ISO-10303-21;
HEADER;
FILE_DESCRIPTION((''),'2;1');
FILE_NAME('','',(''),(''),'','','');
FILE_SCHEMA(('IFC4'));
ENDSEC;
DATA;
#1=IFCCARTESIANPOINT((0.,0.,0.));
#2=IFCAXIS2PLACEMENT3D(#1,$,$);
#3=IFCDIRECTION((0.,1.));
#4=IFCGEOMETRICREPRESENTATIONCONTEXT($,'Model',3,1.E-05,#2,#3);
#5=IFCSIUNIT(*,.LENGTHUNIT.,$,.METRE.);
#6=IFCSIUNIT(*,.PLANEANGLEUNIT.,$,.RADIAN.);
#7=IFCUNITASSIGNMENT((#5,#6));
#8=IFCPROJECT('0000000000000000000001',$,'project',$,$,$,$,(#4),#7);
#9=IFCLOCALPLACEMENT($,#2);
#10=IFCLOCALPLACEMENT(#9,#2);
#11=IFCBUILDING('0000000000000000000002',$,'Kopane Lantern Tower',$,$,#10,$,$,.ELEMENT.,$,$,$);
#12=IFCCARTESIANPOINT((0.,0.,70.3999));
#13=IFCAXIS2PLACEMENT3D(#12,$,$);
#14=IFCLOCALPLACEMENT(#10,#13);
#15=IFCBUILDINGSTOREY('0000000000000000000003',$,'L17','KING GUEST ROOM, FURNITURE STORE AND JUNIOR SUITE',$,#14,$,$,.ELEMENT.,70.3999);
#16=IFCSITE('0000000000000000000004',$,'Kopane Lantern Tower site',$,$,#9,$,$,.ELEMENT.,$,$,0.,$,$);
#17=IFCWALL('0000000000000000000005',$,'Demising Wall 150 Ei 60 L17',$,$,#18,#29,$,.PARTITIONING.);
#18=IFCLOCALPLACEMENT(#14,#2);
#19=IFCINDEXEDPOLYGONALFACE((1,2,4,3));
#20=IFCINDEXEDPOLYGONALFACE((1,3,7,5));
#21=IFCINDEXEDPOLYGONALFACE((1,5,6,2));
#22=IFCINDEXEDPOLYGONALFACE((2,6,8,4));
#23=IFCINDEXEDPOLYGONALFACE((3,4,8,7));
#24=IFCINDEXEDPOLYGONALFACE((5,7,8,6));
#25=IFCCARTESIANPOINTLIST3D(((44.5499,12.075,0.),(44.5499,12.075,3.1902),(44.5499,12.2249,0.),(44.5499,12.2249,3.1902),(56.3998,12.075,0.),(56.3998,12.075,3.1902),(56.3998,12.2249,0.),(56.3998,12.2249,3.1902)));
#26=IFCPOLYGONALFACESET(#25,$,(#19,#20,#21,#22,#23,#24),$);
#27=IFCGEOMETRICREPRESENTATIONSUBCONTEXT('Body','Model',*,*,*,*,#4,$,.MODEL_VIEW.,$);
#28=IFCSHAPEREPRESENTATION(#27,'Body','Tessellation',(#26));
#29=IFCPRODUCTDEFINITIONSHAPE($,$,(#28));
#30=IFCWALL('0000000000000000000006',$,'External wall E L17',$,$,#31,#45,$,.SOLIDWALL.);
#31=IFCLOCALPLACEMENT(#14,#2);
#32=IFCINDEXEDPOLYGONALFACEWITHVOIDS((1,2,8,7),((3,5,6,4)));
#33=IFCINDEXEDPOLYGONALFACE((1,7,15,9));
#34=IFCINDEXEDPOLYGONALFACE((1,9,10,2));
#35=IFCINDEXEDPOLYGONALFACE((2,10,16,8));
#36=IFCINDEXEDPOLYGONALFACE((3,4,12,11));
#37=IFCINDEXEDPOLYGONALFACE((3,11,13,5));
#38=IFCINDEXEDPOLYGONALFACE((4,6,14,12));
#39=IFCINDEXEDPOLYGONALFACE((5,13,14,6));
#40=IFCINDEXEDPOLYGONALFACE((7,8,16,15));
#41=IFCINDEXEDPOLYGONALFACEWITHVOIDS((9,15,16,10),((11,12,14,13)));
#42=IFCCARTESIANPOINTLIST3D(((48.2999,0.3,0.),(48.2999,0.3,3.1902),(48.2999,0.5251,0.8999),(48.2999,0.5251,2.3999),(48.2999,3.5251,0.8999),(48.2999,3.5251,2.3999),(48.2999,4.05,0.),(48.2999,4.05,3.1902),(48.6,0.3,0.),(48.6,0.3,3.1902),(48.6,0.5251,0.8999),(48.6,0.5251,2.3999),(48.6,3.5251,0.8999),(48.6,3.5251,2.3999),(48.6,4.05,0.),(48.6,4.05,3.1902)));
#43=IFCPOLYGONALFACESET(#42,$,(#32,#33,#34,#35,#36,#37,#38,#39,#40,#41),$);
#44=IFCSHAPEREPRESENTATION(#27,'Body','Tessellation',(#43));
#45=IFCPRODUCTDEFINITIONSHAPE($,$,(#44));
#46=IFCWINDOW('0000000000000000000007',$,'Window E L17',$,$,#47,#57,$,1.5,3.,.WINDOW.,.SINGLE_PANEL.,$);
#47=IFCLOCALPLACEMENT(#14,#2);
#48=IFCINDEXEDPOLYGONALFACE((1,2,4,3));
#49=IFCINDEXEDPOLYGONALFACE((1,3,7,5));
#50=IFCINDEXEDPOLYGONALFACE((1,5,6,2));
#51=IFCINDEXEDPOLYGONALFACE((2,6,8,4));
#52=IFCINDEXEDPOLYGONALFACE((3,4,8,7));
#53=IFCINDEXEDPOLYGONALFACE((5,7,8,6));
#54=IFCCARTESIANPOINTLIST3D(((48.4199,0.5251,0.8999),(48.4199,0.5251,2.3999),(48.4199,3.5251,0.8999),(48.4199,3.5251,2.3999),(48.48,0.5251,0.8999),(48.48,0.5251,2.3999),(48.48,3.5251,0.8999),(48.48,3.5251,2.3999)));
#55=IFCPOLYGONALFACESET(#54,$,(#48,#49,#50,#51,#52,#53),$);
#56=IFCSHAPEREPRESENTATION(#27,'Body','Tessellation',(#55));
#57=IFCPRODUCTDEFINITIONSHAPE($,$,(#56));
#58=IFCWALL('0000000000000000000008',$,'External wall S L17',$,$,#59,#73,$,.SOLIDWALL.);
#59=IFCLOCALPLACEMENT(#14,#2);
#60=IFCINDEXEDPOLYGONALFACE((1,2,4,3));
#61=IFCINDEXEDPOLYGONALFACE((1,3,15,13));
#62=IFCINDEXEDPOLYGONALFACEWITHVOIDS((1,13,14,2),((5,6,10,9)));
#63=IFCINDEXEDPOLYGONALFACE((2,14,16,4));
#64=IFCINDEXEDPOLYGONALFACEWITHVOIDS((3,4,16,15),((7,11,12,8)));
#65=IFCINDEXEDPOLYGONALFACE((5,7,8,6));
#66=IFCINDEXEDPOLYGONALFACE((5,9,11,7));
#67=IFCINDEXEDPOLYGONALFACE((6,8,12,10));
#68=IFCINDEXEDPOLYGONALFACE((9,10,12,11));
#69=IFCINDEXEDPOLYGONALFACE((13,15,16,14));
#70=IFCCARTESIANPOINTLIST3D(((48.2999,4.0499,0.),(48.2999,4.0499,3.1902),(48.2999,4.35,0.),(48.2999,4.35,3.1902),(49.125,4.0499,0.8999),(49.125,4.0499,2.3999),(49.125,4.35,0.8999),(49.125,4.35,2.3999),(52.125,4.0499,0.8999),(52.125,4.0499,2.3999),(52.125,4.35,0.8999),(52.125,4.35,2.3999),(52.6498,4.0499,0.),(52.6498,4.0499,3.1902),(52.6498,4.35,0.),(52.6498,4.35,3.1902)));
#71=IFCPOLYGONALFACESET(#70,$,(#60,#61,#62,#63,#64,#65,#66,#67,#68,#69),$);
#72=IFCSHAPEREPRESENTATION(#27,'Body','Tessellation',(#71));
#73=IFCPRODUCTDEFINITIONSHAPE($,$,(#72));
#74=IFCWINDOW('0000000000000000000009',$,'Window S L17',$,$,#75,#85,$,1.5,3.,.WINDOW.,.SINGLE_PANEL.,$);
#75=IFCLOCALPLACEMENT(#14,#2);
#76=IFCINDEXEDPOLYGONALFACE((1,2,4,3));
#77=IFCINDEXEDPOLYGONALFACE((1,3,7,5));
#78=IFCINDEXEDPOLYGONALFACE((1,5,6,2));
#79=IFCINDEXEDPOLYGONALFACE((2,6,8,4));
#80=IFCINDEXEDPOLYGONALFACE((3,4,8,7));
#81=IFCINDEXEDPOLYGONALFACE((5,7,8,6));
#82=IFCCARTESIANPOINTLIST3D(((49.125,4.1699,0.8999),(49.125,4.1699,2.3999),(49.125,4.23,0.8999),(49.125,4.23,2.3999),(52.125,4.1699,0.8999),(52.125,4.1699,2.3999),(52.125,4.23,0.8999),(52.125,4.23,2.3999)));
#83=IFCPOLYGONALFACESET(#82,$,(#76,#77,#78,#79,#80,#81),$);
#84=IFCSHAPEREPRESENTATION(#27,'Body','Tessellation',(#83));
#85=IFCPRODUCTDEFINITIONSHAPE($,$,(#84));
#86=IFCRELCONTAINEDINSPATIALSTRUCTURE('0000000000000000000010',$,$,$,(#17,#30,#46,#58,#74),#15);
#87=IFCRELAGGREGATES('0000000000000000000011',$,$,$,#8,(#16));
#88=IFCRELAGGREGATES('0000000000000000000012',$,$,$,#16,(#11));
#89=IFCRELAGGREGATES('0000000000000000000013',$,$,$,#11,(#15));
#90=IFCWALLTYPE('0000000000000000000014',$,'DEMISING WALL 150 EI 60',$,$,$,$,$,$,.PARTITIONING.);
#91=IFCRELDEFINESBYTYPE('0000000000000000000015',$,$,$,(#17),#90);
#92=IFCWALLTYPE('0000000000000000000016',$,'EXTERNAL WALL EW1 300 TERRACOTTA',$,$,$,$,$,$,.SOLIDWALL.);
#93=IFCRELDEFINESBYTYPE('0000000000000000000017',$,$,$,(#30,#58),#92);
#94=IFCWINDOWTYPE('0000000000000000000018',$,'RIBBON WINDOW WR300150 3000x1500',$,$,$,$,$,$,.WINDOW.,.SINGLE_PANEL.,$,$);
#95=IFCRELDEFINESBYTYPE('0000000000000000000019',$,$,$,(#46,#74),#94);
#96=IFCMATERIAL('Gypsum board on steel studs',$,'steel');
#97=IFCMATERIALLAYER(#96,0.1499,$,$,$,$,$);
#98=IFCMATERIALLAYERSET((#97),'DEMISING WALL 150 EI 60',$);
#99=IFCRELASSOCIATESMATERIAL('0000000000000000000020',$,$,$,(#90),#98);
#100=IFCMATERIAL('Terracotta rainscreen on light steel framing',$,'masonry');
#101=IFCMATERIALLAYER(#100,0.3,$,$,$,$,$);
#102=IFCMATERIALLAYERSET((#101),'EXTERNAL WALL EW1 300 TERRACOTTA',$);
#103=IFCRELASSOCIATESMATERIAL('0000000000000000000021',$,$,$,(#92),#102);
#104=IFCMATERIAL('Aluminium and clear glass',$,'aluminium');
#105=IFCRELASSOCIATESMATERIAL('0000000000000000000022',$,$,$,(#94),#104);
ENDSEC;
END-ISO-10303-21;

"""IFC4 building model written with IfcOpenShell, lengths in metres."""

from ifc_helpers import new_model, si_unit, direction, frame, frame_2d, origin, place, context, subcontext, project, spatial, rectangle, extrude, material, layer, layer_set, type_object, element, fill, save


model = new_model("IFC4")

# Units and contexts
model_context = context("Model", 3, precision=1e-05, world=origin(), true_north=direction((0.0, 1.0)))
body_context = subcontext(model_context, "Body", "Model", "MODEL_VIEW")
ifc_project = project(units=[si_unit("LENGTHUNIT", "METRE"), si_unit("PLANEANGLEUNIT", "RADIAN")], contexts=[model_context])

# Site, building, storey
site_placement = place(None, origin())
site = spatial("IfcSite", under=ifc_project, at=site_placement, Name="Kopane Lantern Tower site", CompositionType="ELEMENT", RefElevation=0.0)
building_placement = place(site_placement, origin())
building = spatial("IfcBuilding", under=site, at=building_placement, Name="Kopane Lantern Tower", CompositionType="ELEMENT")
storey_placement = place(building_placement, frame((0.0, 0.0, 70.3999)))
storey = spatial("IfcBuildingStorey", under=building, at=storey_placement, Name="L17", Description="KING GUEST ROOM, FURNITURE STORE AND JUNIOR SUITE", CompositionType="ELEMENT", Elevation=70.3999)

# Wall
ifc_material_1 = material(Name="Gypsum board on steel studs", Category="steel")
ifc_layer_1 = layer(ifc_material_1, 0.1499)
ifc_layer_set_1 = layer_set([ifc_layer_1], Name="DEMISING WALL 150 EI 60")
wall_type_1 = type_object("IfcWallType", Name="DEMISING WALL 150 EI 60", PredefinedType="PARTITIONING", material=ifc_layer_set_1)
wall_1_placement = place(storey_placement, frame((44.55, 12.1499, 0.0), z_axis=(0.0, 0.0, 1.0), x_axis=(1.0, 0.0, 0.0)))
element("IfcWall", 1, at=wall_1_placement, inside=storey, type_object=wall_type_1, Name="Demising Wall 150 Ei 60 L17", PredefinedType="PARTITIONING", context=body_context, shape_type="SweptSolid", body=[
    extrude(rectangle(XDim=11.8499, YDim=0.1499, at=frame_2d((5.9248, 0.0))), origin(), (0.0, 0.0, 1.0), 3.1902),
])

# Walls, openings, windows
ifc_material_2 = material(Name="Terracotta rainscreen on light steel framing", Category="masonry")
ifc_layer_2 = layer(ifc_material_2, 0.3)
ifc_layer_set_2 = layer_set([ifc_layer_2], Name="EXTERNAL WALL EW1 300 TERRACOTTA")
wall_type_2 = type_object("IfcWallType", Name="EXTERNAL WALL EW1 300 TERRACOTTA", PredefinedType="SOLIDWALL", material=ifc_layer_set_2)
wall_2_placement = place(storey_placement, frame((48.45, 0.3, 0.0), z_axis=(0.0, 0.0, 1.0), x_axis=(0.0, 1.0, 0.0)))
wall_2 = element("IfcWall", 2, at=wall_2_placement, inside=storey, type_object=wall_type_2, Name="External wall E L17", PredefinedType="SOLIDWALL", context=body_context, shape_type="SweptSolid", body=[
    extrude(rectangle(XDim=3.75, YDim=0.3, at=frame_2d((1.875, 0.0))), origin(), (0.0, 0.0, 1.0), 3.1902),
])
opening_1_placement = place(wall_2_placement, frame((0.2251, 0.0, 0.8999)))
opening_1 = element("IfcOpeningElement", 3, at=opening_1_placement, cuts=wall_2, PredefinedType="OPENING", context=body_context, shape_type="SweptSolid", body=[
    extrude(rectangle(XDim=3.0, YDim=1.5, at=frame_2d((1.5, 0.75))), frame((0.0, 0.1599, 0.0), z_axis=(0.0, -1.0, 0.0), x_axis=(1.0, 0.0, 0.0)), (0.0, 0.0, 1.0), 0.3201),
])
ifc_material_3 = material(Name="Aluminium and clear glass", Category="aluminium")
window_type = type_object("IfcWindowType", Name="RIBBON WINDOW WR300150 3000x1500", PartitioningType="SINGLE_PANEL", PredefinedType="WINDOW", material=ifc_material_3)
window_1_placement = place(opening_1_placement, origin())
window_1 = element("IfcWindow", 4, at=window_1_placement, inside=storey, type_object=window_type, Name="Window E L17", OverallHeight=1.5, OverallWidth=3.0, PartitioningType="SINGLE_PANEL", PredefinedType="WINDOW", context=body_context, shape_type="SweptSolid", body=[
    extrude(rectangle(XDim=3.0, YDim=1.5, at=frame_2d((1.5, 0.75))), frame((0.0, 0.03, 0.0), z_axis=(0.0, -1.0, 0.0), x_axis=(1.0, 0.0, 0.0)), (0.0, 0.0, 1.0), 0.0601),
])
fill(opening_1, window_1)
wall_3_placement = place(storey_placement, frame((48.3, 4.2, 0.0), z_axis=(0.0, 0.0, 1.0), x_axis=(1.0, 0.0, 0.0)))
wall_3 = element("IfcWall", 5, at=wall_3_placement, inside=storey, type_object=wall_type_2, Name="External wall S L17", PredefinedType="SOLIDWALL", context=body_context, shape_type="SweptSolid", body=[
    extrude(rectangle(XDim=4.3499, YDim=0.3, at=frame_2d((2.1748, 0.0))), origin(), (0.0, 0.0, 1.0), 3.1902),
])
opening_2_placement = place(wall_3_placement, frame((0.825, 0.0, 0.8999)))
opening_2 = element("IfcOpeningElement", 6, at=opening_2_placement, cuts=wall_3, PredefinedType="OPENING", context=body_context, shape_type="SweptSolid", body=[
    extrude(rectangle(XDim=3.0, YDim=1.5, at=frame_2d((1.5, 0.75))), frame((0.0, 0.1599, 0.0), z_axis=(0.0, -1.0, 0.0), x_axis=(1.0, 0.0, 0.0)), (0.0, 0.0, 1.0), 0.3201),
])
window_2_placement = place(opening_2_placement, origin())
window_2 = element("IfcWindow", 7, at=window_2_placement, inside=storey, type_object=window_type, Name="Window S L17", OverallHeight=1.5, OverallWidth=3.0, PartitioningType="SINGLE_PANEL", PredefinedType="WINDOW", context=body_context, shape_type="SweptSolid", body=[
    extrude(rectangle(XDim=3.0, YDim=1.5, at=frame_2d((1.5, 0.75))), frame((0.0, 0.03, 0.0), z_axis=(0.0, -1.0, 0.0), x_axis=(1.0, 0.0, 0.0)), (0.0, 0.0, 1.0), 0.0601),
])
fill(opening_2, window_2)

save(model, "model.ifc")
